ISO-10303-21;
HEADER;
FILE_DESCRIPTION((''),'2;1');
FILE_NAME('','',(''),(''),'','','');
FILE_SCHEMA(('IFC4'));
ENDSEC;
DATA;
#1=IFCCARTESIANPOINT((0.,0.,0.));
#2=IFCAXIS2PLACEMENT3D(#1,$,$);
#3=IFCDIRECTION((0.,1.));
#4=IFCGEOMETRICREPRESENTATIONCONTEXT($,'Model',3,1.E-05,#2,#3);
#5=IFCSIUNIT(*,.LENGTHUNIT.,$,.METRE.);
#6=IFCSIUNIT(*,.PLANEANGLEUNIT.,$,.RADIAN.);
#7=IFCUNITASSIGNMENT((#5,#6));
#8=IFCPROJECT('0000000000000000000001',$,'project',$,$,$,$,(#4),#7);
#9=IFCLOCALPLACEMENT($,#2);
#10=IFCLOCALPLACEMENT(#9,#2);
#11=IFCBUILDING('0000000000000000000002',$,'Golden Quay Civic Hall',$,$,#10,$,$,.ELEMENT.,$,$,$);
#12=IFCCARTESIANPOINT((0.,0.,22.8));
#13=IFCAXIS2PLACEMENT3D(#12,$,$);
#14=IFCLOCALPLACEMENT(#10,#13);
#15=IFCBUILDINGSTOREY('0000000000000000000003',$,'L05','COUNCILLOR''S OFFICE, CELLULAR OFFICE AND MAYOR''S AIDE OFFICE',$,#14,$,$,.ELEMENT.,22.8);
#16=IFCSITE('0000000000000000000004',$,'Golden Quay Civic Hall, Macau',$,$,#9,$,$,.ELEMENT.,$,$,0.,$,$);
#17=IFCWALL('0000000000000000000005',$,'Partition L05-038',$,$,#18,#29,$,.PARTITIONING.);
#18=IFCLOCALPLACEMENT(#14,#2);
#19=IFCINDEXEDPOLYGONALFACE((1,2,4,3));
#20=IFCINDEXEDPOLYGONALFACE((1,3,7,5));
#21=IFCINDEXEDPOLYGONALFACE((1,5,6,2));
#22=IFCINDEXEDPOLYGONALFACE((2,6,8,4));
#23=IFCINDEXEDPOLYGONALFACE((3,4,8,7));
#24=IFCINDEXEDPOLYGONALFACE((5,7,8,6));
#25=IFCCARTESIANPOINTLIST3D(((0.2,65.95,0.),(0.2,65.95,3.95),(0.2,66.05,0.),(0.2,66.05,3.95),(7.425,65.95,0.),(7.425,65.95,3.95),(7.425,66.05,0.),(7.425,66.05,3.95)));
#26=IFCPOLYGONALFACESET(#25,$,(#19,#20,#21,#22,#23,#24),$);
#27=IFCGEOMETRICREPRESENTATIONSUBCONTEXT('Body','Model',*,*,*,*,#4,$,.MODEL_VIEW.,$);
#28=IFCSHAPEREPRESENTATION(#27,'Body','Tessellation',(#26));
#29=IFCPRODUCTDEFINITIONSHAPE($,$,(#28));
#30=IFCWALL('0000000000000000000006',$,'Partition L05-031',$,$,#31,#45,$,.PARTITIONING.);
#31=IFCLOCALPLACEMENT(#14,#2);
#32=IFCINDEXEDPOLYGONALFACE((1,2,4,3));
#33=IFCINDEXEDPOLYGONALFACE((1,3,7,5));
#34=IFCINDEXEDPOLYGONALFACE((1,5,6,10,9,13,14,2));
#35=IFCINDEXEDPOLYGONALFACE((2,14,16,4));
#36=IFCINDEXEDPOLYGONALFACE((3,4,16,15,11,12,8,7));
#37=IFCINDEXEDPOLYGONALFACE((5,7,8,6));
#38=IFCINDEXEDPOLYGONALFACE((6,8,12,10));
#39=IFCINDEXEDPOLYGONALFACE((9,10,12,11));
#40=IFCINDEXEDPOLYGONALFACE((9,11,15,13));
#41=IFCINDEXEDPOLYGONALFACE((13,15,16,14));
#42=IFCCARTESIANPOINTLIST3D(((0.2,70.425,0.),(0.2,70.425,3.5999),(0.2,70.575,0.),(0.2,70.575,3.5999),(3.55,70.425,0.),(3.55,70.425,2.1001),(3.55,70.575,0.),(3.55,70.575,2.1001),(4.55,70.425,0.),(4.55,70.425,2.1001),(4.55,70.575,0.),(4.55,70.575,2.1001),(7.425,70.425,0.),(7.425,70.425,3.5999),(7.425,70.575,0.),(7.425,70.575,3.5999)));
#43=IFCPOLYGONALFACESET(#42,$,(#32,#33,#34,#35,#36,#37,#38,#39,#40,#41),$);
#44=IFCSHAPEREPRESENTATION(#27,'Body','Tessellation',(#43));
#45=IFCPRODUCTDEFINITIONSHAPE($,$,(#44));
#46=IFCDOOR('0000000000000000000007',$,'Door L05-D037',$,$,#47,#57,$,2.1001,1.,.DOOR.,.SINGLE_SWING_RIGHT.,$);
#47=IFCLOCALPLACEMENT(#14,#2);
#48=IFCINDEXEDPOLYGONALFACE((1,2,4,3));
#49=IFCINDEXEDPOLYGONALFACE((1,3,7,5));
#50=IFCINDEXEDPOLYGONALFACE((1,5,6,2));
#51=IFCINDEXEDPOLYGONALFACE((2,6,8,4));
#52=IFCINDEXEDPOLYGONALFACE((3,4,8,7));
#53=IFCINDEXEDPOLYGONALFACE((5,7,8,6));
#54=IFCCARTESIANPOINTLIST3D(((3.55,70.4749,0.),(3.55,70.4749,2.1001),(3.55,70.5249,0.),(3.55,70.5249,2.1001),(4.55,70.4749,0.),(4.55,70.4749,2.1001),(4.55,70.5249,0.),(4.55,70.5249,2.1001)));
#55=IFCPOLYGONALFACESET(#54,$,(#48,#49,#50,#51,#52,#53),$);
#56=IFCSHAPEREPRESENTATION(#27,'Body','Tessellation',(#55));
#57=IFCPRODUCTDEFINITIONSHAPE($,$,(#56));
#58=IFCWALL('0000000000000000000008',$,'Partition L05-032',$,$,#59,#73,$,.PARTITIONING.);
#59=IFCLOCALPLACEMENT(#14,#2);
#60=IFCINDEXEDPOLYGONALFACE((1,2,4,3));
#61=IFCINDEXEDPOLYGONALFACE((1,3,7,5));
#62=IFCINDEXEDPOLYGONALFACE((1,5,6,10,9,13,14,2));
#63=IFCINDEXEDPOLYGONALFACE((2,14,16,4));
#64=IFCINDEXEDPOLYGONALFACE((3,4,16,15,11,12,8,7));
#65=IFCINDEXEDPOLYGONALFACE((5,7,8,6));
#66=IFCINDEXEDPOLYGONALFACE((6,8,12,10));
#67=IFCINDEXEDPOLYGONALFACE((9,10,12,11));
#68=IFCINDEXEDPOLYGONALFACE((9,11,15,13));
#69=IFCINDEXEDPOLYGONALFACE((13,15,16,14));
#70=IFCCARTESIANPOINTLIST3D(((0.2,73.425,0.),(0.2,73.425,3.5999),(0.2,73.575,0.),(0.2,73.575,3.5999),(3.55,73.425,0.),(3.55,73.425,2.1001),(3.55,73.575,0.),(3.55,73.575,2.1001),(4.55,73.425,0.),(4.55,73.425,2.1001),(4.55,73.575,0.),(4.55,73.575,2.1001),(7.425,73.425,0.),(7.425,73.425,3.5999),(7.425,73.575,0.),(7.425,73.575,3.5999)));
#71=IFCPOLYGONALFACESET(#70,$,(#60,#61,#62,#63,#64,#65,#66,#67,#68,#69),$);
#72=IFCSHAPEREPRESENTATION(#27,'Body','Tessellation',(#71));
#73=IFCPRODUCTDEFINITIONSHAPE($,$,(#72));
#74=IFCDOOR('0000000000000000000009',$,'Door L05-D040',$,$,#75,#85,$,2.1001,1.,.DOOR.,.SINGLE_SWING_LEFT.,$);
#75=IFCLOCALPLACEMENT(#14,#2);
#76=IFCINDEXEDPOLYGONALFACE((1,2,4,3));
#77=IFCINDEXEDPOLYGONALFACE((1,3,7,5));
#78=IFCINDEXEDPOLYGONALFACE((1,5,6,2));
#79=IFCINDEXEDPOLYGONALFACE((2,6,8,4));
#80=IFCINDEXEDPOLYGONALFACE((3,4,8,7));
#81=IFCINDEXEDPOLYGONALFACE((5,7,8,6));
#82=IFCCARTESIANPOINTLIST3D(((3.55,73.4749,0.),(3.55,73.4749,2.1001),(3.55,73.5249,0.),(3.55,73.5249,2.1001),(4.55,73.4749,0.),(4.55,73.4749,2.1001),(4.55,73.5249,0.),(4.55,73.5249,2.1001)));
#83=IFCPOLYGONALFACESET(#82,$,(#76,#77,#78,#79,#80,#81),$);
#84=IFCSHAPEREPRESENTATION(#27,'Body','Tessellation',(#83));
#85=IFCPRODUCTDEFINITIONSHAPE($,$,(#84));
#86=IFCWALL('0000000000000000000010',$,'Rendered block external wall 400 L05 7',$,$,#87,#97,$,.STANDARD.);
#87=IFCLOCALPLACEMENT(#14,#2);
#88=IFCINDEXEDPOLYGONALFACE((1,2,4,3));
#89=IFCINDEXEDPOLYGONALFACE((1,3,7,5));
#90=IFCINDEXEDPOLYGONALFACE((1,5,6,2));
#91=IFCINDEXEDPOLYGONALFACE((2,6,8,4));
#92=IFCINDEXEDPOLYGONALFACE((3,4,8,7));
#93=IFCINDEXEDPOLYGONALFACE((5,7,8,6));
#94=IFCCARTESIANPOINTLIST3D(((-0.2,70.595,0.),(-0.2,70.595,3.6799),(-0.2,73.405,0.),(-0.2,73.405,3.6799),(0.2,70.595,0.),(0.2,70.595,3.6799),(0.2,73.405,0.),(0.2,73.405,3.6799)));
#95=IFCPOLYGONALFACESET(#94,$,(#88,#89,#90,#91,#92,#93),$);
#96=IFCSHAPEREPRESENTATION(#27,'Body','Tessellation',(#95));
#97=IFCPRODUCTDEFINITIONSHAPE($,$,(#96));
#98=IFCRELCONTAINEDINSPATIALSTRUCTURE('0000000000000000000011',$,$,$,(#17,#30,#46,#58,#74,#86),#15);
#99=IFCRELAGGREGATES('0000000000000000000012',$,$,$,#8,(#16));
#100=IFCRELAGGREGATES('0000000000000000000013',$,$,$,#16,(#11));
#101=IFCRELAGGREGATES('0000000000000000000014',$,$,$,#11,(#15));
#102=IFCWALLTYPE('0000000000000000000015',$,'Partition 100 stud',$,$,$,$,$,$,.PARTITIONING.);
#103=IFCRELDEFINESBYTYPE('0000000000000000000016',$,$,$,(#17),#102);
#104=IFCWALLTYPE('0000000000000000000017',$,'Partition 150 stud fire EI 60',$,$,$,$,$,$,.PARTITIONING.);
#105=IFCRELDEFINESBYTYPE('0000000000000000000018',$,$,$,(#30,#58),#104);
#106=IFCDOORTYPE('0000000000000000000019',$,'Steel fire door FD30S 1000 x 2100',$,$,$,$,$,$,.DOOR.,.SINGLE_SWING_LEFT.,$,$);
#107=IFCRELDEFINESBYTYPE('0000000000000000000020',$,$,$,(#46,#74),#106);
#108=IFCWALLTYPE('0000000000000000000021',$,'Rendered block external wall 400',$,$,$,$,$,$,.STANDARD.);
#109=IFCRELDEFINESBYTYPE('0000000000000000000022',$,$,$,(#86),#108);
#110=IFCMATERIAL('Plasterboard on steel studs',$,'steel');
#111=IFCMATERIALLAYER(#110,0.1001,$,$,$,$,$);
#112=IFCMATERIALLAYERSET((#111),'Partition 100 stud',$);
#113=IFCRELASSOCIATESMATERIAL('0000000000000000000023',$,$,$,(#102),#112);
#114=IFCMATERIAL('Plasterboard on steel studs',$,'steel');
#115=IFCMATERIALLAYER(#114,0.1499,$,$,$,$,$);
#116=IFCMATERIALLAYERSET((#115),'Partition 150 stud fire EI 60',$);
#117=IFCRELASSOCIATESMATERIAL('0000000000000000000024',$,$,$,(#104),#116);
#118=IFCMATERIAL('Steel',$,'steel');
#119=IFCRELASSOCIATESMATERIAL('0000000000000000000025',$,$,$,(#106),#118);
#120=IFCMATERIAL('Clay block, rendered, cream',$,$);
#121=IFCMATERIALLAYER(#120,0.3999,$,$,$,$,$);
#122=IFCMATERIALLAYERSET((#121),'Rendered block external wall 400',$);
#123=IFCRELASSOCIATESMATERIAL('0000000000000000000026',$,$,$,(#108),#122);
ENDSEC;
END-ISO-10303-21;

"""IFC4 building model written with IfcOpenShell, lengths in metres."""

from ifc_helpers import new_model, si_unit, direction, frame, frame_2d, origin, place, context, subcontext, project, spatial, rectangle, extrude, material, layer, layer_set, type_object, element, fill, save


model = new_model("IFC4")

# Units and contexts
model_context = context("Model", 3, precision=1e-05, world=origin(), true_north=direction((0.0, 1.0)))
body_context = subcontext(model_context, "Body", "Model", "MODEL_VIEW")
ifc_project = project(units=[si_unit("LENGTHUNIT", "METRE"), si_unit("PLANEANGLEUNIT", "RADIAN")], contexts=[model_context])

# Site, building, storey
site_placement = place(None, origin())
site = spatial("IfcSite", under=ifc_project, at=site_placement, Name="Golden Quay Civic Hall, Macau", CompositionType="ELEMENT", RefElevation=0.0)
building_placement = place(site_placement, origin())
building = spatial("IfcBuilding", under=site, at=building_placement, Name="Golden Quay Civic Hall", CompositionType="ELEMENT")
storey_placement = place(building_placement, frame((0.0, 0.0, 22.8)))
storey = spatial("IfcBuildingStorey", under=building, at=storey_placement, Name="L05", Description="COUNCILLOR'S OFFICE, CELLULAR OFFICE AND MAYOR'S AIDE OFFICE", CompositionType="ELEMENT", Elevation=22.8)

# Wall
ifc_material_1 = material(Name="Plasterboard on steel studs", Category="steel")
ifc_layer_1 = layer(ifc_material_1, 0.1001)
ifc_layer_set_1 = layer_set([ifc_layer_1], Name="Partition 100 stud")
wall_type_1 = type_object("IfcWallType", Name="Partition 100 stud", PredefinedType="PARTITIONING", material=ifc_layer_set_1)
wall_1_placement = place(storey_placement, frame((0.2, 66.0, 0.0), z_axis=(0.0, 0.0, 1.0), x_axis=(1.0, 0.0, 0.0)))
element("IfcWall", 1, at=wall_1_placement, inside=storey, type_object=wall_type_1, Name="Partition L05-038", PredefinedType="PARTITIONING", context=body_context, shape_type="SweptSolid", body=[
    extrude(rectangle(XDim=7.2251, YDim=0.1001, at=frame_2d((3.6125, 0.0))), origin(), (0.0, 0.0, 1.0), 3.95),
])

# Walls, openings, doors
ifc_material_2 = material(Name="Plasterboard on steel studs", Category="steel")
ifc_layer_2 = layer(ifc_material_2, 0.1499)
ifc_layer_set_2 = layer_set([ifc_layer_2], Name="Partition 150 stud fire EI 60")
wall_type_2 = type_object("IfcWallType", Name="Partition 150 stud fire EI 60", PredefinedType="PARTITIONING", material=ifc_layer_set_2)
wall_2_placement = place(storey_placement, frame((0.2, 70.5, 0.0), z_axis=(0.0, 0.0, 1.0), x_axis=(1.0, 0.0, 0.0)))
wall_2 = element("IfcWall", 2, at=wall_2_placement, inside=storey, type_object=wall_type_2, Name="Partition L05-031", PredefinedType="PARTITIONING", context=body_context, shape_type="SweptSolid", body=[
    extrude(rectangle(XDim=7.2251, YDim=0.1499, at=frame_2d((3.6125, 0.0))), origin(), (0.0, 0.0, 1.0), 3.5999),
])
opening_1_placement = place(wall_2_placement, frame((3.3501, 0.0, 0.0)))
opening_1 = element("IfcOpeningElement", 3, at=opening_1_placement, cuts=wall_2, PredefinedType="OPENING", context=body_context, shape_type="SweptSolid", body=[
    extrude(rectangle(XDim=1.0, YDim=2.1001, at=frame_2d((0.5, 1.05))), frame((0.0, 0.085, 0.0), z_axis=(0.0, -1.0, 0.0), x_axis=(1.0, 0.0, 0.0)), (0.0, 0.0, 1.0), 0.1699),
])
ifc_material_3 = material(Name="Steel", Category="steel")
door_type = type_object("IfcDoorType", Name="Steel fire door FD30S 1000 x 2100", OperationType="SINGLE_SWING_LEFT", PredefinedType="DOOR", material=ifc_material_3)
door_1_placement = place(opening_1_placement, frame((1.0, 0.0, 0.0), z_axis=(0.0, 0.0, 1.0), x_axis=(-1.0, 0.0, 0.0)))
door_1 = element("IfcDoor", 4, at=door_1_placement, inside=storey, type_object=door_type, Name="Door L05-D037", OperationType="SINGLE_SWING_RIGHT", OverallHeight=2.1001, OverallWidth=1.0, PredefinedType="DOOR", context=body_context, shape_type="SweptSolid", body=[
    extrude(rectangle(XDim=1.0, YDim=2.1001, at=frame_2d((0.5, 1.05))), frame((0.0, 0.0251, 0.0), z_axis=(0.0, -1.0, 0.0), x_axis=(1.0, 0.0, 0.0)), (0.0, 0.0, 1.0), 0.05),
])
fill(opening_1, door_1)
wall_3_placement = place(storey_placement, frame((0.2, 73.5, 0.0), z_axis=(0.0, 0.0, 1.0), x_axis=(1.0, 0.0, 0.0)))
wall_3 = element("IfcWall", 5, at=wall_3_placement, inside=storey, type_object=wall_type_2, Name="Partition L05-032", PredefinedType="PARTITIONING", context=body_context, shape_type="SweptSolid", body=[
    extrude(rectangle(XDim=7.2251, YDim=0.1499, at=frame_2d((3.6125, 0.0))), origin(), (0.0, 0.0, 1.0), 3.5999),
])
opening_2_placement = place(wall_3_placement, frame((3.3501, 0.0, 0.0)))
opening_2 = element("IfcOpeningElement", 6, at=opening_2_placement, cuts=wall_3, PredefinedType="OPENING", context=body_context, shape_type="SweptSolid", body=[
    extrude(rectangle(XDim=1.0, YDim=2.1001, at=frame_2d((0.5, 1.05))), frame((0.0, 0.085, 0.0), z_axis=(0.0, -1.0, 0.0), x_axis=(1.0, 0.0, 0.0)), (0.0, 0.0, 1.0), 0.1699),
])
door_2_placement = place(opening_2_placement, origin())
door_2 = element("IfcDoor", 7, at=door_2_placement, inside=storey, type_object=door_type, Name="Door L05-D040", OperationType="SINGLE_SWING_LEFT", OverallHeight=2.1001, OverallWidth=1.0, PredefinedType="DOOR", context=body_context, shape_type="SweptSolid", body=[
    extrude(rectangle(XDim=1.0, YDim=2.1001, at=frame_2d((0.5, 1.05))), frame((0.0, 0.0249, 0.0), z_axis=(0.0, -1.0, 0.0), x_axis=(1.0, 0.0, 0.0)), (0.0, 0.0, 1.0), 0.05),
])
fill(opening_2, door_2)

# Wall
ifc_material_4 = material(Name="Clay block, rendered, cream")
ifc_layer_3 = layer(ifc_material_4, 0.3999)
ifc_layer_set_3 = layer_set([ifc_layer_3], Name="Rendered block external wall 400")
wall_type_3 = type_object("IfcWallType", Name="Rendered block external wall 400", PredefinedType="STANDARD", material=ifc_layer_set_3)
wall_4_placement = place(storey_placement, frame((0.0, 70.595, 0.0), z_axis=(0.0, 0.0, 1.0), x_axis=(0.0, 1.0, 0.0)))
element("IfcWall", 8, at=wall_4_placement, inside=storey, type_object=wall_type_3, Name="Rendered block external wall 400 L05 7", PredefinedType="STANDARD", context=body_context, shape_type="SweptSolid", body=[
    extrude(rectangle(XDim=2.8101, YDim=0.3999, at=frame_2d((1.405, 0.0))), origin(), (0.0, 0.0, 1.0), 3.6799),
])

save(model, "model.ifc")
